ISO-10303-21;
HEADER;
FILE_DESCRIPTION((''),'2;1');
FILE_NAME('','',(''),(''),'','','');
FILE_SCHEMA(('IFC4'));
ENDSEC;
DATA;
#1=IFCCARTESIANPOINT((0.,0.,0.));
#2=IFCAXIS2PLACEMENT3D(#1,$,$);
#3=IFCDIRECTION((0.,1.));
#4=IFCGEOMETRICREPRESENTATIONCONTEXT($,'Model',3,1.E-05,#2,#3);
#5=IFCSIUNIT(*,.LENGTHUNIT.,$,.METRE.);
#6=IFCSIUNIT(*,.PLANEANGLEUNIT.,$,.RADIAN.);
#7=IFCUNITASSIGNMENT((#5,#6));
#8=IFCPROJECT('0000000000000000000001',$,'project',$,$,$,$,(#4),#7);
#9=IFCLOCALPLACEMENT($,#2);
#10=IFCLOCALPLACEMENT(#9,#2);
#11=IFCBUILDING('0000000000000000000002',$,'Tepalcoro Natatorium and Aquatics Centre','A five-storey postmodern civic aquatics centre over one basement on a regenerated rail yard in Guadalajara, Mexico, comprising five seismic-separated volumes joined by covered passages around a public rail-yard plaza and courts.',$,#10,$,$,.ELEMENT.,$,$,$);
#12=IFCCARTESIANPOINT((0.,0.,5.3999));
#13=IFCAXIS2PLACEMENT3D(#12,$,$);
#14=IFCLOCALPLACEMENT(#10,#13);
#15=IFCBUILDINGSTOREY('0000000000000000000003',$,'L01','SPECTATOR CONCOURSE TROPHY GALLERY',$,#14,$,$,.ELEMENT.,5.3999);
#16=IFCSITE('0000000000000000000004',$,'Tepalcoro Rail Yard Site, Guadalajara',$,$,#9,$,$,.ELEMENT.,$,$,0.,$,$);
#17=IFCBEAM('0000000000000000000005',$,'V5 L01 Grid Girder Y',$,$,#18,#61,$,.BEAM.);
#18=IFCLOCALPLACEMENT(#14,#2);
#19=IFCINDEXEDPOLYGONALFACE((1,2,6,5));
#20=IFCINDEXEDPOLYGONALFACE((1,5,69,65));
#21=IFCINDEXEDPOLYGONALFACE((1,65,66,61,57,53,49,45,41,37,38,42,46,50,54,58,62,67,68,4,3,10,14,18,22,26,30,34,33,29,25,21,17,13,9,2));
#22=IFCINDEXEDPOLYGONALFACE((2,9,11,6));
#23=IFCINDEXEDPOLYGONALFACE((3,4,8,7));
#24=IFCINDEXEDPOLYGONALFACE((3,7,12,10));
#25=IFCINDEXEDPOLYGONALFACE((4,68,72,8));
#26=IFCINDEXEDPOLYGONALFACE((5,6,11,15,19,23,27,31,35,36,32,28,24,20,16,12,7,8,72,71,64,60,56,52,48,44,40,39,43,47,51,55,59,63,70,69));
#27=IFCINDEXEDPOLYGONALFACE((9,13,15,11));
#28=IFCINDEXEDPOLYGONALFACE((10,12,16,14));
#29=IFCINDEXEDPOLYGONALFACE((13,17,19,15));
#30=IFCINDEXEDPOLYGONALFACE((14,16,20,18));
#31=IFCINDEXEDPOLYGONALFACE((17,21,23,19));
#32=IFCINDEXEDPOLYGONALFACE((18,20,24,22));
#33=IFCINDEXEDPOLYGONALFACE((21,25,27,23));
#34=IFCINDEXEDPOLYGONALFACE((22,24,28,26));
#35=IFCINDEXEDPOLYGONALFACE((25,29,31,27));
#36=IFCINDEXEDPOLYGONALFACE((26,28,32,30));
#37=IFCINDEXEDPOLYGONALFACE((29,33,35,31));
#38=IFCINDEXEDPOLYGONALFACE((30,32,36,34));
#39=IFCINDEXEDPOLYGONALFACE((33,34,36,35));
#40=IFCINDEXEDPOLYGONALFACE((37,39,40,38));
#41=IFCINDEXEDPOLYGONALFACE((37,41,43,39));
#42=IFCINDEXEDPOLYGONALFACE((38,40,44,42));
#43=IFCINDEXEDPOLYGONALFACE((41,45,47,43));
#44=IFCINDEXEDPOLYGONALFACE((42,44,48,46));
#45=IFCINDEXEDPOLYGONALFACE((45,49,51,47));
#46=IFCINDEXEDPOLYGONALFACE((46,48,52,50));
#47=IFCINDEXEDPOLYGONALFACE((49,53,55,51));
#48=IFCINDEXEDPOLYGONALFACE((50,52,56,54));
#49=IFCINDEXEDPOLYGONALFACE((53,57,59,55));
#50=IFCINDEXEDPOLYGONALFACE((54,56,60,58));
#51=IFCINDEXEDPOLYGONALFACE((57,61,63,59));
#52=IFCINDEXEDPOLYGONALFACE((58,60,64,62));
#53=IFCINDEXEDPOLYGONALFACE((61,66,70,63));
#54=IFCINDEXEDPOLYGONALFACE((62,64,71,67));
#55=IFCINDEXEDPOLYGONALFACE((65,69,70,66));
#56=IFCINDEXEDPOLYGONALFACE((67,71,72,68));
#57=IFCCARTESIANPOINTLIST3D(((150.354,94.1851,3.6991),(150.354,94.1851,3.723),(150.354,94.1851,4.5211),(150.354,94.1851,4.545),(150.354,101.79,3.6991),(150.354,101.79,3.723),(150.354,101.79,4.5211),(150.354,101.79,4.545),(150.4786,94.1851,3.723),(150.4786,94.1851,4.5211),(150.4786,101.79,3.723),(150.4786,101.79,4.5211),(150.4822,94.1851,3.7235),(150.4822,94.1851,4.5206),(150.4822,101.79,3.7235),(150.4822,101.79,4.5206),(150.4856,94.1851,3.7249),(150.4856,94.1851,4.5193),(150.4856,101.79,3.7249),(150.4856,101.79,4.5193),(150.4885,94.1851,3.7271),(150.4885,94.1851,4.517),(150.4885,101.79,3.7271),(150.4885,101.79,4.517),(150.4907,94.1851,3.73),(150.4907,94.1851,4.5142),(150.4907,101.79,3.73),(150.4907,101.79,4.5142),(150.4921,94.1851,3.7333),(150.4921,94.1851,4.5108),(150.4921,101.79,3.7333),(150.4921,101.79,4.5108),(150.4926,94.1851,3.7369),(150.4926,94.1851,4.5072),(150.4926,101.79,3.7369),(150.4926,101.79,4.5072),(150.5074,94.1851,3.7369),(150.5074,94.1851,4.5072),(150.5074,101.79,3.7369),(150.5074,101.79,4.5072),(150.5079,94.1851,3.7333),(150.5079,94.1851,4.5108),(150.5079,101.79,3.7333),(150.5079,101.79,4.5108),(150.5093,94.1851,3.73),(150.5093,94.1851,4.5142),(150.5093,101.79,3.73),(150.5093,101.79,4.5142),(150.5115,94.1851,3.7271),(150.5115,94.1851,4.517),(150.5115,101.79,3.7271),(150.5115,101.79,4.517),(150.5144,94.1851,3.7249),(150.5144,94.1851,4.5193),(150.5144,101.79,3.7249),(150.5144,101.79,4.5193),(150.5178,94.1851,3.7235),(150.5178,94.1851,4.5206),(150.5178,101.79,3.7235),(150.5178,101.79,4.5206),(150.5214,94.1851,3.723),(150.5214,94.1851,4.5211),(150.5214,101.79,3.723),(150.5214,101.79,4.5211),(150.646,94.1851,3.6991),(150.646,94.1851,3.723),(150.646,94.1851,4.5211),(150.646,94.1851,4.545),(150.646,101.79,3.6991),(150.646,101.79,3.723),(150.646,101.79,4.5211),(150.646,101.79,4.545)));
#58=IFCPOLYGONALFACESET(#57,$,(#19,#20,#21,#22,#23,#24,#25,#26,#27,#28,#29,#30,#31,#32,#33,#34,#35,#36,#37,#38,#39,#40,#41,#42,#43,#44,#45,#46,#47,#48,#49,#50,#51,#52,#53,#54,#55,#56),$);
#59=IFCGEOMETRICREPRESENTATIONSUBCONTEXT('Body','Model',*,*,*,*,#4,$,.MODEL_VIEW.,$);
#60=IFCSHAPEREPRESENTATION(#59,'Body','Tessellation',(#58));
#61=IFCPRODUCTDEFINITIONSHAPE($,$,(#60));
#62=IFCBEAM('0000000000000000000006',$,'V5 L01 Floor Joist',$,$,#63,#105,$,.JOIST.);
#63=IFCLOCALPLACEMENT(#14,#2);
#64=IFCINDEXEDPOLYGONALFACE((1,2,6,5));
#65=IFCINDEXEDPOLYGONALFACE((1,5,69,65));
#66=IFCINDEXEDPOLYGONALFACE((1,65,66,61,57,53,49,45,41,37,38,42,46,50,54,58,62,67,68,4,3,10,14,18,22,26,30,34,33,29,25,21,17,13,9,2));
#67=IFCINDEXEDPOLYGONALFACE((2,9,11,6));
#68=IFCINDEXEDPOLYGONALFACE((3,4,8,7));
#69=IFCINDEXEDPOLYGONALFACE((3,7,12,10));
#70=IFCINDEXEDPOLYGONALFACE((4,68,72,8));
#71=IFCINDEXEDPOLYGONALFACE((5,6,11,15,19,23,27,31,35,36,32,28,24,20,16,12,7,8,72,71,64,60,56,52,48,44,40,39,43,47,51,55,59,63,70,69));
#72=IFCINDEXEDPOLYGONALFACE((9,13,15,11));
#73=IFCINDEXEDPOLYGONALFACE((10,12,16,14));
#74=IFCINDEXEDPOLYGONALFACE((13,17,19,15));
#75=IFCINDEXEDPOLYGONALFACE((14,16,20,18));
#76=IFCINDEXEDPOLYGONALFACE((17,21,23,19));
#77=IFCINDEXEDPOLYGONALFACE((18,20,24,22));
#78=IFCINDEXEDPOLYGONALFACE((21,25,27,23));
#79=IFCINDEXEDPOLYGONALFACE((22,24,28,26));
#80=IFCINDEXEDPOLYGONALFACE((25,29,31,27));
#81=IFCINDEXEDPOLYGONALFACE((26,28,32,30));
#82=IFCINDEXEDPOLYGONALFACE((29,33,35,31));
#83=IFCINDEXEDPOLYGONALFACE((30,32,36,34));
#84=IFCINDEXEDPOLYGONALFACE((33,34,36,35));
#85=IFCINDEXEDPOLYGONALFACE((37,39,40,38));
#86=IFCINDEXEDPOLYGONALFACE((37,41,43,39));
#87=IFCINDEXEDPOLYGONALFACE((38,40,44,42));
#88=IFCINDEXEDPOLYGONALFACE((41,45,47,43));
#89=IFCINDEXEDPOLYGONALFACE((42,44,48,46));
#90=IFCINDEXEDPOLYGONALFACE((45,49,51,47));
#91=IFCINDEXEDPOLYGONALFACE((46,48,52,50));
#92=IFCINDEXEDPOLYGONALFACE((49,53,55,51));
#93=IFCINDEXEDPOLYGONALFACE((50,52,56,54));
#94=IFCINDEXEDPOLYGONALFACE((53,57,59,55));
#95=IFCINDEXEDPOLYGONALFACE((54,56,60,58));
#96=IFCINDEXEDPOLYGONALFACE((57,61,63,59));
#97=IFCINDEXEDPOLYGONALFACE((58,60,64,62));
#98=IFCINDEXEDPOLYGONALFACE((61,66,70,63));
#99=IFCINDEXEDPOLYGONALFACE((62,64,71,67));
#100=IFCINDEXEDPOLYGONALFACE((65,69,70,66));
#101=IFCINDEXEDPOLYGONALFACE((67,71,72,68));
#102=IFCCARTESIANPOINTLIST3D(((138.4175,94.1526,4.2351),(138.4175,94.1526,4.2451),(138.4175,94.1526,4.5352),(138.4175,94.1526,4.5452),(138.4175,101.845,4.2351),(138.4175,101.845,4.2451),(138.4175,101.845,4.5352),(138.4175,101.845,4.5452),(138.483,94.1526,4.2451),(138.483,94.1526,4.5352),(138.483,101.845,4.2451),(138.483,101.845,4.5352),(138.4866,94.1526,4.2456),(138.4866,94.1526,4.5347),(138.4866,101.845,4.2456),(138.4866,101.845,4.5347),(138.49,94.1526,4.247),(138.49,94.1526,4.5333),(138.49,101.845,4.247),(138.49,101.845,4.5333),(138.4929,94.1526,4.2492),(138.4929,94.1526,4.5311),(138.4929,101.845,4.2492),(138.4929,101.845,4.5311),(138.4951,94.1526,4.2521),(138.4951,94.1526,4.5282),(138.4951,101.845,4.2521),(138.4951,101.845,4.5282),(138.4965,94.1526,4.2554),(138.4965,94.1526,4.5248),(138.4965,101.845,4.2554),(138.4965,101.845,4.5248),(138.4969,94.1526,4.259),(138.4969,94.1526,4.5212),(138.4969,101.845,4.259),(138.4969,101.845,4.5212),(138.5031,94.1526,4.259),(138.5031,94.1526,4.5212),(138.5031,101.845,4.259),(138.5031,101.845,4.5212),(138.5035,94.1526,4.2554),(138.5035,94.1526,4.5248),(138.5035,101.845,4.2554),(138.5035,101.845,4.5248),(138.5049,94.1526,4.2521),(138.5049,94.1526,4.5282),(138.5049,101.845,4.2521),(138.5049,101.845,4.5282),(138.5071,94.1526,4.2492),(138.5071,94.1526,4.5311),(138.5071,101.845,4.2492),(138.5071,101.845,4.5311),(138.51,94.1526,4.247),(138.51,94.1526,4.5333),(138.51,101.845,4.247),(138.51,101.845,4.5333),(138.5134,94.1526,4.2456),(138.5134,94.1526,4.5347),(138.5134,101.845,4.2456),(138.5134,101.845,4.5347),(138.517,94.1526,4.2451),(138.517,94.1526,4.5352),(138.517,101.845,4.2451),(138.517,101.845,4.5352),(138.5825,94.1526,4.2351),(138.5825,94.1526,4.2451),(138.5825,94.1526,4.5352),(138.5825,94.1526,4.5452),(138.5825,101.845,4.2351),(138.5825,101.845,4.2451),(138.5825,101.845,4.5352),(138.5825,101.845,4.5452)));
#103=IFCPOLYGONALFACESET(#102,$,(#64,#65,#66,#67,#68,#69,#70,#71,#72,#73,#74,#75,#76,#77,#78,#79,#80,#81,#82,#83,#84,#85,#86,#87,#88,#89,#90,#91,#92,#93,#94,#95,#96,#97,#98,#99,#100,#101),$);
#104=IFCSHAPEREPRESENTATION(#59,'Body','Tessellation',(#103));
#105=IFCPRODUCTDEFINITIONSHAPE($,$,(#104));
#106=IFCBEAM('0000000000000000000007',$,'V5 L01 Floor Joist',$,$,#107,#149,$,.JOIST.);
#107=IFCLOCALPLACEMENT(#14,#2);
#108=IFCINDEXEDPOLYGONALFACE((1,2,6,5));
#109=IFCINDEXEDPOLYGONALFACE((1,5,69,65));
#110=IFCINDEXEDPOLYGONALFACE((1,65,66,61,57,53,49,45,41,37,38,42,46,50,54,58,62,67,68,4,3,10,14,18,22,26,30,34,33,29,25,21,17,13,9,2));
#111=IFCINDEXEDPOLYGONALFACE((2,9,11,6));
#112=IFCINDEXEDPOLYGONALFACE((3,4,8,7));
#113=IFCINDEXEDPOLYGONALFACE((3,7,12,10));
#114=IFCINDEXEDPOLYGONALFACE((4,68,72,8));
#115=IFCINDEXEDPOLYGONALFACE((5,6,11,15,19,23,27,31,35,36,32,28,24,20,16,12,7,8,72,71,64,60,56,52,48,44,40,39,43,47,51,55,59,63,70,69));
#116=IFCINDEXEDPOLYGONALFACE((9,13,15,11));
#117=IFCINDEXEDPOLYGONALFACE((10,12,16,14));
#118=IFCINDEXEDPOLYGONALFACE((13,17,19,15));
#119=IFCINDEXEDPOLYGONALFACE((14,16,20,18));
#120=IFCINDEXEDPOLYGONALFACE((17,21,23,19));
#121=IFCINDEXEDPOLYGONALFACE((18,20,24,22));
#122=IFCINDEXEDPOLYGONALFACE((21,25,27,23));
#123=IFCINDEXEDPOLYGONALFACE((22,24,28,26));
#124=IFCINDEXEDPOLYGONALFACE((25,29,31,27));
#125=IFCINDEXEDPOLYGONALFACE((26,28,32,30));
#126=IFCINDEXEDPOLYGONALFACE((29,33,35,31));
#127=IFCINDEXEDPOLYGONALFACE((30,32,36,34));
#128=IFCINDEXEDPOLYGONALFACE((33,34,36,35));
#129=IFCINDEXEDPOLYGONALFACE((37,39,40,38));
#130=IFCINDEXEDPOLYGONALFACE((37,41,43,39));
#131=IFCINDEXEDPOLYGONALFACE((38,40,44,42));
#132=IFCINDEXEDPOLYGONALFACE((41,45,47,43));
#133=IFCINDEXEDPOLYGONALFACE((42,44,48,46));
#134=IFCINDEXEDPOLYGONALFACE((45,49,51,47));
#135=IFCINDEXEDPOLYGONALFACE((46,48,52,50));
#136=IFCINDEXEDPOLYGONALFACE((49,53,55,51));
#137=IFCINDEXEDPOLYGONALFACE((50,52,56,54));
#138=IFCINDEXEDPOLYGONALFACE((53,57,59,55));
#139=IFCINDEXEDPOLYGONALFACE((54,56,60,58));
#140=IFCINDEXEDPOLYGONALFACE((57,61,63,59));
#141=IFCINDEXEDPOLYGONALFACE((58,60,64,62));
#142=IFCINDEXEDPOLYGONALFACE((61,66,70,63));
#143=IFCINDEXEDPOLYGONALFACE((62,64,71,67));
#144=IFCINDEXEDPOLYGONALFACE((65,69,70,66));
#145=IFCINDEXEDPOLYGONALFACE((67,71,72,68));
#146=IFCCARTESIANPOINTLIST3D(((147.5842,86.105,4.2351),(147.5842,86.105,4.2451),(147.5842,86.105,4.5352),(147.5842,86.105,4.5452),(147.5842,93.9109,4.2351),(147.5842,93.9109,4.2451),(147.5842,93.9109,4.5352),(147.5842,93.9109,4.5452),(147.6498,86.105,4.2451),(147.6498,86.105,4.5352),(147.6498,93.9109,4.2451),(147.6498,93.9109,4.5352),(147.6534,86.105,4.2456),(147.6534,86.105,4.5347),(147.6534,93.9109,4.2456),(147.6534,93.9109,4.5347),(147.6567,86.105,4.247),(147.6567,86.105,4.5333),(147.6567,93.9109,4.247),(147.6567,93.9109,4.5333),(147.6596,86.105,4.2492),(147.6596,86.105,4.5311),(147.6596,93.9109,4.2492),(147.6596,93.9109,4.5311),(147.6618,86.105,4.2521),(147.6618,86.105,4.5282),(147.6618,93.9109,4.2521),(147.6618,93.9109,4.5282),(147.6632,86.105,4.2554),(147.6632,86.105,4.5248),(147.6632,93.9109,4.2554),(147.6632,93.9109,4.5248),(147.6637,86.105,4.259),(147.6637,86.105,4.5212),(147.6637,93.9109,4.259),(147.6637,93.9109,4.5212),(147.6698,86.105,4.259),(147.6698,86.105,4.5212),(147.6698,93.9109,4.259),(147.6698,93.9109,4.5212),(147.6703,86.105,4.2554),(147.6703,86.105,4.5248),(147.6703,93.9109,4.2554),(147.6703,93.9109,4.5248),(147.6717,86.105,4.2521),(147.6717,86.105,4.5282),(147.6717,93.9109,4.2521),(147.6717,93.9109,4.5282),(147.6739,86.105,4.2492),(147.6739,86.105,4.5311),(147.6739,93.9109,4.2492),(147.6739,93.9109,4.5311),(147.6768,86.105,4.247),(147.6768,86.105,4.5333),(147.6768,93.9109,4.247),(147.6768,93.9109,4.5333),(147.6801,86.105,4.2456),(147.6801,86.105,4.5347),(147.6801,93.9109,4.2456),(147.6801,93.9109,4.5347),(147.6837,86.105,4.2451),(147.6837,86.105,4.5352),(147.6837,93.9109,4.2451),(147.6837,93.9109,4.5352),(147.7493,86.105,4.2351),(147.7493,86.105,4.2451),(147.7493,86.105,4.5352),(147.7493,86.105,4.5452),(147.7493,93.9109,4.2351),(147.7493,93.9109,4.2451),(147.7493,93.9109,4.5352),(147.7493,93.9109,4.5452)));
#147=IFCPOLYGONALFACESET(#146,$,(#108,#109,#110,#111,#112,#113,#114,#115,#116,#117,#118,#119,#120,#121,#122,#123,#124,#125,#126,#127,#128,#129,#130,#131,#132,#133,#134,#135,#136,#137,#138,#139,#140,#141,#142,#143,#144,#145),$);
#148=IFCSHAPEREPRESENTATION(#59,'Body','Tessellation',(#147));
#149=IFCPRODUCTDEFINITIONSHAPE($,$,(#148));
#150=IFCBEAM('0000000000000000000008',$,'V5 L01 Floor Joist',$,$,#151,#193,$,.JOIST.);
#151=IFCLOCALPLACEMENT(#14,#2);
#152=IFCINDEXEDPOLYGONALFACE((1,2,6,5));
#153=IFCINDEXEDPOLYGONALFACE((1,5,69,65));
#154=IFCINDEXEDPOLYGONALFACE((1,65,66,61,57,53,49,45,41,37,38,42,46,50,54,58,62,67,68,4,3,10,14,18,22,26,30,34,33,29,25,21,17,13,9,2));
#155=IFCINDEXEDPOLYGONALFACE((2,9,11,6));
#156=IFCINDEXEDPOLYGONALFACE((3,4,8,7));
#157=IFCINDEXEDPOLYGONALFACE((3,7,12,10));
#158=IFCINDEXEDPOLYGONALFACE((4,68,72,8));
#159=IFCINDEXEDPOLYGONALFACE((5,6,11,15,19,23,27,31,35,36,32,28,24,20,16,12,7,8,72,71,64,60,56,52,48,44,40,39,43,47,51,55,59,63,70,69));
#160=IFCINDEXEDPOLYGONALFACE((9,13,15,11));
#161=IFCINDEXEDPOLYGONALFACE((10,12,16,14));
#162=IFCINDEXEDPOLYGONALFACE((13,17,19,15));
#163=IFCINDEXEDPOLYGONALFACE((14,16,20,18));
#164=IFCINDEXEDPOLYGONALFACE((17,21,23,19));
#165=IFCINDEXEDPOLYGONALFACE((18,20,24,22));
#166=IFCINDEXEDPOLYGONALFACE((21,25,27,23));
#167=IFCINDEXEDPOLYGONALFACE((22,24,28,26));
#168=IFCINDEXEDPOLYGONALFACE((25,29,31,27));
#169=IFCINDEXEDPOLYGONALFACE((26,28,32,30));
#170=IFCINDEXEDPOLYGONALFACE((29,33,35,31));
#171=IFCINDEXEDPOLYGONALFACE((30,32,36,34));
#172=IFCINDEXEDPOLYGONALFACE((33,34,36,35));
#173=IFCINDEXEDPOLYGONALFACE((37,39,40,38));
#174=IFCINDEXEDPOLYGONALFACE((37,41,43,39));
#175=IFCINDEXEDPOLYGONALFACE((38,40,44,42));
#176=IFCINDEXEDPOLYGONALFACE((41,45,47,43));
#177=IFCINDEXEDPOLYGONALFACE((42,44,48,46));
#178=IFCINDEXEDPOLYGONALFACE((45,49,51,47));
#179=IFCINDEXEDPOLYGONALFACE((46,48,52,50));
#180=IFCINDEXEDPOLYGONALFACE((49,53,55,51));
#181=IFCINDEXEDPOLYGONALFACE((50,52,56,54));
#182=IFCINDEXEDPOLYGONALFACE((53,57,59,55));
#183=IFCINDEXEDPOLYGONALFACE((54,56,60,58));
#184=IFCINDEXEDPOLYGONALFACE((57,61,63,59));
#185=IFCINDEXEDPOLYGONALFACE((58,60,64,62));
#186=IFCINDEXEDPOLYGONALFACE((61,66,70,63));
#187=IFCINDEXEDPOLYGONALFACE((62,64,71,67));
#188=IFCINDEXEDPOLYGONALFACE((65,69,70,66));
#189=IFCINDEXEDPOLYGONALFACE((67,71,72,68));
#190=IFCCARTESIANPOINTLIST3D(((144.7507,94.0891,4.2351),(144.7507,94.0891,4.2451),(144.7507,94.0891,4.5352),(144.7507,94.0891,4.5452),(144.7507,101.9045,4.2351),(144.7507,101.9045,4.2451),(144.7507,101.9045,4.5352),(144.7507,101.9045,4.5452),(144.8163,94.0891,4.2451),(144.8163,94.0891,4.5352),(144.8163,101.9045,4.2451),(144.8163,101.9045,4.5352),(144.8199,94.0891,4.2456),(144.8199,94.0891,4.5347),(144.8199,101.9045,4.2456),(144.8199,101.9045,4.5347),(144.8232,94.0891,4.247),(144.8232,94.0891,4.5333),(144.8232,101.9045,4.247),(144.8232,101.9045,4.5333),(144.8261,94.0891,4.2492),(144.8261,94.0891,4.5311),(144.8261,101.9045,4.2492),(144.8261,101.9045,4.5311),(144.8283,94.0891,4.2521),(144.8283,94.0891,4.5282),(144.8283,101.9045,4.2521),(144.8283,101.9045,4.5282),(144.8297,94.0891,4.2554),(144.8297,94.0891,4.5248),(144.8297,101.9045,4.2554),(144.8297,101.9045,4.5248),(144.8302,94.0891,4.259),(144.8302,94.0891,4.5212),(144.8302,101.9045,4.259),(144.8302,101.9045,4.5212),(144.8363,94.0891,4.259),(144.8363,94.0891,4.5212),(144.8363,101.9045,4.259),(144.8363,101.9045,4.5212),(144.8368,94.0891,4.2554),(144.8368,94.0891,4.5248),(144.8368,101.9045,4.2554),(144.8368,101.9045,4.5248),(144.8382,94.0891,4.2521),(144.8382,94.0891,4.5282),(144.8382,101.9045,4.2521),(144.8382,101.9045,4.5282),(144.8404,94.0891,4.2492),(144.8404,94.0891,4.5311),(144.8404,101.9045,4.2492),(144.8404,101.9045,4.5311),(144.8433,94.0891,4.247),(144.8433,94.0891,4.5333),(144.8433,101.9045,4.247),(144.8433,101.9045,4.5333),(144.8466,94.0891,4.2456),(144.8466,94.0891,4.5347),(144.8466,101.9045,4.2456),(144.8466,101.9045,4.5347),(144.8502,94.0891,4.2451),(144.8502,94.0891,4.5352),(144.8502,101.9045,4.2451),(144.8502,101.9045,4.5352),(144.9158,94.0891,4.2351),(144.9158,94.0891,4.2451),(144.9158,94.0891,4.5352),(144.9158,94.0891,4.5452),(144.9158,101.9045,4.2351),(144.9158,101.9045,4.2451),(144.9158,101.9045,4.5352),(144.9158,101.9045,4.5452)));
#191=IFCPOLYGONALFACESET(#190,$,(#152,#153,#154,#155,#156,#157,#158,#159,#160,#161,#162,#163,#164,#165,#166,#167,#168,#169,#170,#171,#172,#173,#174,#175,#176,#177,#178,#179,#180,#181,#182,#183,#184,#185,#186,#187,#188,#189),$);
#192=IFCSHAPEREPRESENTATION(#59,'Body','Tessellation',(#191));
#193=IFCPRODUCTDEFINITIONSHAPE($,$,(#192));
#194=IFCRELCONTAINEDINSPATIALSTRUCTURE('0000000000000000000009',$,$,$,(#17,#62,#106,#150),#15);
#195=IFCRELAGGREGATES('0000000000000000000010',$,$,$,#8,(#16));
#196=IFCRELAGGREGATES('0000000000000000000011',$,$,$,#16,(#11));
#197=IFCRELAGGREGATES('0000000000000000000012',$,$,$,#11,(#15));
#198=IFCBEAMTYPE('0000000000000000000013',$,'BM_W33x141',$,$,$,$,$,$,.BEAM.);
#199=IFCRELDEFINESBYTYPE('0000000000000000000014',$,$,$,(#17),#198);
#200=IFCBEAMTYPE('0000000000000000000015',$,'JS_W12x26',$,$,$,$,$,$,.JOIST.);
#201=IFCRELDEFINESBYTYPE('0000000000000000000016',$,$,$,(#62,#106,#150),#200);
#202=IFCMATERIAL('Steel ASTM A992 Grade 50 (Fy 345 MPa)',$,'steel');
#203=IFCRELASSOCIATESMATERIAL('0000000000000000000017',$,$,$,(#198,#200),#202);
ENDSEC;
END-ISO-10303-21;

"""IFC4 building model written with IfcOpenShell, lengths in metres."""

from ifc_helpers import new_model, si_unit, direction, frame, origin, origin_2d, place, context, subcontext, project, spatial, i_section, extrude, material, material_profile, profile_set, type_object, element, save


model = new_model("IFC4")

# Units and contexts
model_context = context("Model", 3, precision=1e-05, world=origin(), true_north=direction((0.0, 1.0)))
body_context = subcontext(model_context, "Body", "Model", "MODEL_VIEW")
ifc_project = project(units=[si_unit("LENGTHUNIT", "METRE"), si_unit("PLANEANGLEUNIT", "RADIAN")], contexts=[model_context])

# Site, building, storey
site_placement = place(None, origin())
site = spatial("IfcSite", under=ifc_project, at=site_placement, Name="Tepalcoro Rail Yard Site, Guadalajara", CompositionType="ELEMENT", RefElevation=0.0)
building_placement = place(site_placement, origin())
building = spatial("IfcBuilding", under=site, at=building_placement, Name="Tepalcoro Natatorium and Aquatics Centre", Description="A five-storey postmodern civic aquatics centre over one basement on a regenerated rail yard in Guadalajara, Mexico, comprising five seismic-separated volumes joined by covered passages around a public rail-yard plaza and courts.", CompositionType="ELEMENT")
storey_placement = place(building_placement, frame((0.0, 0.0, 5.3999)))
storey = spatial("IfcBuildingStorey", under=building, at=storey_placement, Name="L01", Description="SPECTATOR CONCOURSE TROPHY GALLERY", CompositionType="ELEMENT", Elevation=5.3999)

# Beams
ifc_material_1 = material(Name="Steel ASTM A992 Grade 50 (Fy 345 MPa)", Category="steel")
ifc_material_profile_1 = material_profile(ifc_material_1, i_section(OverallWidth=0.292, OverallDepth=0.8459, WebThickness=0.0149, FlangeThickness=0.0239, FilletRadius=0.0139, at=origin_2d()), Name="W33X141")
ifc_profile_set_1 = profile_set([ifc_material_profile_1], Name="Steel ASTM A992 Grade 50 (Fy 345 MPa)")
beam_type_1 = type_object("IfcBeamType", Name="BM_W33x141", PredefinedType="BEAM", material=ifc_profile_set_1)
beam_1_placement = place(storey_placement, frame((150.5, 94.1851, 4.1221), z_axis=(0.0, 1.0, 0.0), x_axis=(-1.0, 0.0, 0.0)))
element("IfcBeam", 1, at=beam_1_placement, inside=storey, type_object=beam_type_1, Name="V5 L01 Grid Girder Y", PredefinedType="BEAM", context=body_context, shape_type="SweptSolid", body=[
    extrude(i_section(OverallWidth=0.292, OverallDepth=0.8459, WebThickness=0.0149, FlangeThickness=0.0239, FilletRadius=0.0139, at=origin_2d()), origin(), (0.0, 0.0, 1.0), 7.605),
])
ifc_material_profile_2 = material_profile(ifc_material_1, i_section(OverallWidth=0.165, OverallDepth=0.3101, WebThickness=0.0061, FlangeThickness=0.01, FilletRadius=0.0139, at=origin_2d()), Name="W12X26")
ifc_profile_set_2 = profile_set([ifc_material_profile_2], Name="Steel ASTM A992 Grade 50 (Fy 345 MPa)")
beam_type_2 = type_object("IfcBeamType", Name="JS_W12x26", PredefinedType="JOIST", material=ifc_profile_set_2)
beam_2_placement = place(storey_placement, frame((138.5, 94.1526, 4.3901), z_axis=(0.0, 1.0, 0.0), x_axis=(-1.0, 0.0, 0.0)))
element("IfcBeam", 2, at=beam_2_placement, inside=storey, type_object=beam_type_2, Name="V5 L01 Floor Joist", PredefinedType="JOIST", context=body_context, shape_type="SweptSolid", body=[
    extrude(i_section(OverallWidth=0.165, OverallDepth=0.3101, WebThickness=0.0061, FlangeThickness=0.01, FilletRadius=0.0139, at=origin_2d()), origin(), (0.0, 0.0, 1.0), 7.6924),
])
beam_3_placement = place(storey_placement, frame((147.6667, 86.105, 4.3901), z_axis=(0.0, 1.0, 0.0), x_axis=(-1.0, 0.0, 0.0)))
element("IfcBeam", 3, at=beam_3_placement, inside=storey, type_object=beam_type_2, Name="V5 L01 Floor Joist", PredefinedType="JOIST", context=body_context, shape_type="SweptSolid", body=[
    extrude(i_section(OverallWidth=0.165, OverallDepth=0.3101, WebThickness=0.0061, FlangeThickness=0.01, FilletRadius=0.0139, at=origin_2d()), origin(), (0.0, 0.0, 1.0), 7.8059),
])
beam_4_placement = place(storey_placement, frame((144.8333, 94.0891, 4.3901), z_axis=(0.0, 1.0, 0.0), x_axis=(-1.0, 0.0, 0.0)))
element("IfcBeam", 4, at=beam_4_placement, inside=storey, type_object=beam_type_2, Name="V5 L01 Floor Joist", PredefinedType="JOIST", context=body_context, shape_type="SweptSolid", body=[
    extrude(i_section(OverallWidth=0.165, OverallDepth=0.3101, WebThickness=0.0061, FlangeThickness=0.01, FilletRadius=0.0139, at=origin_2d()), origin(), (0.0, 0.0, 1.0), 7.8154),
])

save(model, "model.ifc")
